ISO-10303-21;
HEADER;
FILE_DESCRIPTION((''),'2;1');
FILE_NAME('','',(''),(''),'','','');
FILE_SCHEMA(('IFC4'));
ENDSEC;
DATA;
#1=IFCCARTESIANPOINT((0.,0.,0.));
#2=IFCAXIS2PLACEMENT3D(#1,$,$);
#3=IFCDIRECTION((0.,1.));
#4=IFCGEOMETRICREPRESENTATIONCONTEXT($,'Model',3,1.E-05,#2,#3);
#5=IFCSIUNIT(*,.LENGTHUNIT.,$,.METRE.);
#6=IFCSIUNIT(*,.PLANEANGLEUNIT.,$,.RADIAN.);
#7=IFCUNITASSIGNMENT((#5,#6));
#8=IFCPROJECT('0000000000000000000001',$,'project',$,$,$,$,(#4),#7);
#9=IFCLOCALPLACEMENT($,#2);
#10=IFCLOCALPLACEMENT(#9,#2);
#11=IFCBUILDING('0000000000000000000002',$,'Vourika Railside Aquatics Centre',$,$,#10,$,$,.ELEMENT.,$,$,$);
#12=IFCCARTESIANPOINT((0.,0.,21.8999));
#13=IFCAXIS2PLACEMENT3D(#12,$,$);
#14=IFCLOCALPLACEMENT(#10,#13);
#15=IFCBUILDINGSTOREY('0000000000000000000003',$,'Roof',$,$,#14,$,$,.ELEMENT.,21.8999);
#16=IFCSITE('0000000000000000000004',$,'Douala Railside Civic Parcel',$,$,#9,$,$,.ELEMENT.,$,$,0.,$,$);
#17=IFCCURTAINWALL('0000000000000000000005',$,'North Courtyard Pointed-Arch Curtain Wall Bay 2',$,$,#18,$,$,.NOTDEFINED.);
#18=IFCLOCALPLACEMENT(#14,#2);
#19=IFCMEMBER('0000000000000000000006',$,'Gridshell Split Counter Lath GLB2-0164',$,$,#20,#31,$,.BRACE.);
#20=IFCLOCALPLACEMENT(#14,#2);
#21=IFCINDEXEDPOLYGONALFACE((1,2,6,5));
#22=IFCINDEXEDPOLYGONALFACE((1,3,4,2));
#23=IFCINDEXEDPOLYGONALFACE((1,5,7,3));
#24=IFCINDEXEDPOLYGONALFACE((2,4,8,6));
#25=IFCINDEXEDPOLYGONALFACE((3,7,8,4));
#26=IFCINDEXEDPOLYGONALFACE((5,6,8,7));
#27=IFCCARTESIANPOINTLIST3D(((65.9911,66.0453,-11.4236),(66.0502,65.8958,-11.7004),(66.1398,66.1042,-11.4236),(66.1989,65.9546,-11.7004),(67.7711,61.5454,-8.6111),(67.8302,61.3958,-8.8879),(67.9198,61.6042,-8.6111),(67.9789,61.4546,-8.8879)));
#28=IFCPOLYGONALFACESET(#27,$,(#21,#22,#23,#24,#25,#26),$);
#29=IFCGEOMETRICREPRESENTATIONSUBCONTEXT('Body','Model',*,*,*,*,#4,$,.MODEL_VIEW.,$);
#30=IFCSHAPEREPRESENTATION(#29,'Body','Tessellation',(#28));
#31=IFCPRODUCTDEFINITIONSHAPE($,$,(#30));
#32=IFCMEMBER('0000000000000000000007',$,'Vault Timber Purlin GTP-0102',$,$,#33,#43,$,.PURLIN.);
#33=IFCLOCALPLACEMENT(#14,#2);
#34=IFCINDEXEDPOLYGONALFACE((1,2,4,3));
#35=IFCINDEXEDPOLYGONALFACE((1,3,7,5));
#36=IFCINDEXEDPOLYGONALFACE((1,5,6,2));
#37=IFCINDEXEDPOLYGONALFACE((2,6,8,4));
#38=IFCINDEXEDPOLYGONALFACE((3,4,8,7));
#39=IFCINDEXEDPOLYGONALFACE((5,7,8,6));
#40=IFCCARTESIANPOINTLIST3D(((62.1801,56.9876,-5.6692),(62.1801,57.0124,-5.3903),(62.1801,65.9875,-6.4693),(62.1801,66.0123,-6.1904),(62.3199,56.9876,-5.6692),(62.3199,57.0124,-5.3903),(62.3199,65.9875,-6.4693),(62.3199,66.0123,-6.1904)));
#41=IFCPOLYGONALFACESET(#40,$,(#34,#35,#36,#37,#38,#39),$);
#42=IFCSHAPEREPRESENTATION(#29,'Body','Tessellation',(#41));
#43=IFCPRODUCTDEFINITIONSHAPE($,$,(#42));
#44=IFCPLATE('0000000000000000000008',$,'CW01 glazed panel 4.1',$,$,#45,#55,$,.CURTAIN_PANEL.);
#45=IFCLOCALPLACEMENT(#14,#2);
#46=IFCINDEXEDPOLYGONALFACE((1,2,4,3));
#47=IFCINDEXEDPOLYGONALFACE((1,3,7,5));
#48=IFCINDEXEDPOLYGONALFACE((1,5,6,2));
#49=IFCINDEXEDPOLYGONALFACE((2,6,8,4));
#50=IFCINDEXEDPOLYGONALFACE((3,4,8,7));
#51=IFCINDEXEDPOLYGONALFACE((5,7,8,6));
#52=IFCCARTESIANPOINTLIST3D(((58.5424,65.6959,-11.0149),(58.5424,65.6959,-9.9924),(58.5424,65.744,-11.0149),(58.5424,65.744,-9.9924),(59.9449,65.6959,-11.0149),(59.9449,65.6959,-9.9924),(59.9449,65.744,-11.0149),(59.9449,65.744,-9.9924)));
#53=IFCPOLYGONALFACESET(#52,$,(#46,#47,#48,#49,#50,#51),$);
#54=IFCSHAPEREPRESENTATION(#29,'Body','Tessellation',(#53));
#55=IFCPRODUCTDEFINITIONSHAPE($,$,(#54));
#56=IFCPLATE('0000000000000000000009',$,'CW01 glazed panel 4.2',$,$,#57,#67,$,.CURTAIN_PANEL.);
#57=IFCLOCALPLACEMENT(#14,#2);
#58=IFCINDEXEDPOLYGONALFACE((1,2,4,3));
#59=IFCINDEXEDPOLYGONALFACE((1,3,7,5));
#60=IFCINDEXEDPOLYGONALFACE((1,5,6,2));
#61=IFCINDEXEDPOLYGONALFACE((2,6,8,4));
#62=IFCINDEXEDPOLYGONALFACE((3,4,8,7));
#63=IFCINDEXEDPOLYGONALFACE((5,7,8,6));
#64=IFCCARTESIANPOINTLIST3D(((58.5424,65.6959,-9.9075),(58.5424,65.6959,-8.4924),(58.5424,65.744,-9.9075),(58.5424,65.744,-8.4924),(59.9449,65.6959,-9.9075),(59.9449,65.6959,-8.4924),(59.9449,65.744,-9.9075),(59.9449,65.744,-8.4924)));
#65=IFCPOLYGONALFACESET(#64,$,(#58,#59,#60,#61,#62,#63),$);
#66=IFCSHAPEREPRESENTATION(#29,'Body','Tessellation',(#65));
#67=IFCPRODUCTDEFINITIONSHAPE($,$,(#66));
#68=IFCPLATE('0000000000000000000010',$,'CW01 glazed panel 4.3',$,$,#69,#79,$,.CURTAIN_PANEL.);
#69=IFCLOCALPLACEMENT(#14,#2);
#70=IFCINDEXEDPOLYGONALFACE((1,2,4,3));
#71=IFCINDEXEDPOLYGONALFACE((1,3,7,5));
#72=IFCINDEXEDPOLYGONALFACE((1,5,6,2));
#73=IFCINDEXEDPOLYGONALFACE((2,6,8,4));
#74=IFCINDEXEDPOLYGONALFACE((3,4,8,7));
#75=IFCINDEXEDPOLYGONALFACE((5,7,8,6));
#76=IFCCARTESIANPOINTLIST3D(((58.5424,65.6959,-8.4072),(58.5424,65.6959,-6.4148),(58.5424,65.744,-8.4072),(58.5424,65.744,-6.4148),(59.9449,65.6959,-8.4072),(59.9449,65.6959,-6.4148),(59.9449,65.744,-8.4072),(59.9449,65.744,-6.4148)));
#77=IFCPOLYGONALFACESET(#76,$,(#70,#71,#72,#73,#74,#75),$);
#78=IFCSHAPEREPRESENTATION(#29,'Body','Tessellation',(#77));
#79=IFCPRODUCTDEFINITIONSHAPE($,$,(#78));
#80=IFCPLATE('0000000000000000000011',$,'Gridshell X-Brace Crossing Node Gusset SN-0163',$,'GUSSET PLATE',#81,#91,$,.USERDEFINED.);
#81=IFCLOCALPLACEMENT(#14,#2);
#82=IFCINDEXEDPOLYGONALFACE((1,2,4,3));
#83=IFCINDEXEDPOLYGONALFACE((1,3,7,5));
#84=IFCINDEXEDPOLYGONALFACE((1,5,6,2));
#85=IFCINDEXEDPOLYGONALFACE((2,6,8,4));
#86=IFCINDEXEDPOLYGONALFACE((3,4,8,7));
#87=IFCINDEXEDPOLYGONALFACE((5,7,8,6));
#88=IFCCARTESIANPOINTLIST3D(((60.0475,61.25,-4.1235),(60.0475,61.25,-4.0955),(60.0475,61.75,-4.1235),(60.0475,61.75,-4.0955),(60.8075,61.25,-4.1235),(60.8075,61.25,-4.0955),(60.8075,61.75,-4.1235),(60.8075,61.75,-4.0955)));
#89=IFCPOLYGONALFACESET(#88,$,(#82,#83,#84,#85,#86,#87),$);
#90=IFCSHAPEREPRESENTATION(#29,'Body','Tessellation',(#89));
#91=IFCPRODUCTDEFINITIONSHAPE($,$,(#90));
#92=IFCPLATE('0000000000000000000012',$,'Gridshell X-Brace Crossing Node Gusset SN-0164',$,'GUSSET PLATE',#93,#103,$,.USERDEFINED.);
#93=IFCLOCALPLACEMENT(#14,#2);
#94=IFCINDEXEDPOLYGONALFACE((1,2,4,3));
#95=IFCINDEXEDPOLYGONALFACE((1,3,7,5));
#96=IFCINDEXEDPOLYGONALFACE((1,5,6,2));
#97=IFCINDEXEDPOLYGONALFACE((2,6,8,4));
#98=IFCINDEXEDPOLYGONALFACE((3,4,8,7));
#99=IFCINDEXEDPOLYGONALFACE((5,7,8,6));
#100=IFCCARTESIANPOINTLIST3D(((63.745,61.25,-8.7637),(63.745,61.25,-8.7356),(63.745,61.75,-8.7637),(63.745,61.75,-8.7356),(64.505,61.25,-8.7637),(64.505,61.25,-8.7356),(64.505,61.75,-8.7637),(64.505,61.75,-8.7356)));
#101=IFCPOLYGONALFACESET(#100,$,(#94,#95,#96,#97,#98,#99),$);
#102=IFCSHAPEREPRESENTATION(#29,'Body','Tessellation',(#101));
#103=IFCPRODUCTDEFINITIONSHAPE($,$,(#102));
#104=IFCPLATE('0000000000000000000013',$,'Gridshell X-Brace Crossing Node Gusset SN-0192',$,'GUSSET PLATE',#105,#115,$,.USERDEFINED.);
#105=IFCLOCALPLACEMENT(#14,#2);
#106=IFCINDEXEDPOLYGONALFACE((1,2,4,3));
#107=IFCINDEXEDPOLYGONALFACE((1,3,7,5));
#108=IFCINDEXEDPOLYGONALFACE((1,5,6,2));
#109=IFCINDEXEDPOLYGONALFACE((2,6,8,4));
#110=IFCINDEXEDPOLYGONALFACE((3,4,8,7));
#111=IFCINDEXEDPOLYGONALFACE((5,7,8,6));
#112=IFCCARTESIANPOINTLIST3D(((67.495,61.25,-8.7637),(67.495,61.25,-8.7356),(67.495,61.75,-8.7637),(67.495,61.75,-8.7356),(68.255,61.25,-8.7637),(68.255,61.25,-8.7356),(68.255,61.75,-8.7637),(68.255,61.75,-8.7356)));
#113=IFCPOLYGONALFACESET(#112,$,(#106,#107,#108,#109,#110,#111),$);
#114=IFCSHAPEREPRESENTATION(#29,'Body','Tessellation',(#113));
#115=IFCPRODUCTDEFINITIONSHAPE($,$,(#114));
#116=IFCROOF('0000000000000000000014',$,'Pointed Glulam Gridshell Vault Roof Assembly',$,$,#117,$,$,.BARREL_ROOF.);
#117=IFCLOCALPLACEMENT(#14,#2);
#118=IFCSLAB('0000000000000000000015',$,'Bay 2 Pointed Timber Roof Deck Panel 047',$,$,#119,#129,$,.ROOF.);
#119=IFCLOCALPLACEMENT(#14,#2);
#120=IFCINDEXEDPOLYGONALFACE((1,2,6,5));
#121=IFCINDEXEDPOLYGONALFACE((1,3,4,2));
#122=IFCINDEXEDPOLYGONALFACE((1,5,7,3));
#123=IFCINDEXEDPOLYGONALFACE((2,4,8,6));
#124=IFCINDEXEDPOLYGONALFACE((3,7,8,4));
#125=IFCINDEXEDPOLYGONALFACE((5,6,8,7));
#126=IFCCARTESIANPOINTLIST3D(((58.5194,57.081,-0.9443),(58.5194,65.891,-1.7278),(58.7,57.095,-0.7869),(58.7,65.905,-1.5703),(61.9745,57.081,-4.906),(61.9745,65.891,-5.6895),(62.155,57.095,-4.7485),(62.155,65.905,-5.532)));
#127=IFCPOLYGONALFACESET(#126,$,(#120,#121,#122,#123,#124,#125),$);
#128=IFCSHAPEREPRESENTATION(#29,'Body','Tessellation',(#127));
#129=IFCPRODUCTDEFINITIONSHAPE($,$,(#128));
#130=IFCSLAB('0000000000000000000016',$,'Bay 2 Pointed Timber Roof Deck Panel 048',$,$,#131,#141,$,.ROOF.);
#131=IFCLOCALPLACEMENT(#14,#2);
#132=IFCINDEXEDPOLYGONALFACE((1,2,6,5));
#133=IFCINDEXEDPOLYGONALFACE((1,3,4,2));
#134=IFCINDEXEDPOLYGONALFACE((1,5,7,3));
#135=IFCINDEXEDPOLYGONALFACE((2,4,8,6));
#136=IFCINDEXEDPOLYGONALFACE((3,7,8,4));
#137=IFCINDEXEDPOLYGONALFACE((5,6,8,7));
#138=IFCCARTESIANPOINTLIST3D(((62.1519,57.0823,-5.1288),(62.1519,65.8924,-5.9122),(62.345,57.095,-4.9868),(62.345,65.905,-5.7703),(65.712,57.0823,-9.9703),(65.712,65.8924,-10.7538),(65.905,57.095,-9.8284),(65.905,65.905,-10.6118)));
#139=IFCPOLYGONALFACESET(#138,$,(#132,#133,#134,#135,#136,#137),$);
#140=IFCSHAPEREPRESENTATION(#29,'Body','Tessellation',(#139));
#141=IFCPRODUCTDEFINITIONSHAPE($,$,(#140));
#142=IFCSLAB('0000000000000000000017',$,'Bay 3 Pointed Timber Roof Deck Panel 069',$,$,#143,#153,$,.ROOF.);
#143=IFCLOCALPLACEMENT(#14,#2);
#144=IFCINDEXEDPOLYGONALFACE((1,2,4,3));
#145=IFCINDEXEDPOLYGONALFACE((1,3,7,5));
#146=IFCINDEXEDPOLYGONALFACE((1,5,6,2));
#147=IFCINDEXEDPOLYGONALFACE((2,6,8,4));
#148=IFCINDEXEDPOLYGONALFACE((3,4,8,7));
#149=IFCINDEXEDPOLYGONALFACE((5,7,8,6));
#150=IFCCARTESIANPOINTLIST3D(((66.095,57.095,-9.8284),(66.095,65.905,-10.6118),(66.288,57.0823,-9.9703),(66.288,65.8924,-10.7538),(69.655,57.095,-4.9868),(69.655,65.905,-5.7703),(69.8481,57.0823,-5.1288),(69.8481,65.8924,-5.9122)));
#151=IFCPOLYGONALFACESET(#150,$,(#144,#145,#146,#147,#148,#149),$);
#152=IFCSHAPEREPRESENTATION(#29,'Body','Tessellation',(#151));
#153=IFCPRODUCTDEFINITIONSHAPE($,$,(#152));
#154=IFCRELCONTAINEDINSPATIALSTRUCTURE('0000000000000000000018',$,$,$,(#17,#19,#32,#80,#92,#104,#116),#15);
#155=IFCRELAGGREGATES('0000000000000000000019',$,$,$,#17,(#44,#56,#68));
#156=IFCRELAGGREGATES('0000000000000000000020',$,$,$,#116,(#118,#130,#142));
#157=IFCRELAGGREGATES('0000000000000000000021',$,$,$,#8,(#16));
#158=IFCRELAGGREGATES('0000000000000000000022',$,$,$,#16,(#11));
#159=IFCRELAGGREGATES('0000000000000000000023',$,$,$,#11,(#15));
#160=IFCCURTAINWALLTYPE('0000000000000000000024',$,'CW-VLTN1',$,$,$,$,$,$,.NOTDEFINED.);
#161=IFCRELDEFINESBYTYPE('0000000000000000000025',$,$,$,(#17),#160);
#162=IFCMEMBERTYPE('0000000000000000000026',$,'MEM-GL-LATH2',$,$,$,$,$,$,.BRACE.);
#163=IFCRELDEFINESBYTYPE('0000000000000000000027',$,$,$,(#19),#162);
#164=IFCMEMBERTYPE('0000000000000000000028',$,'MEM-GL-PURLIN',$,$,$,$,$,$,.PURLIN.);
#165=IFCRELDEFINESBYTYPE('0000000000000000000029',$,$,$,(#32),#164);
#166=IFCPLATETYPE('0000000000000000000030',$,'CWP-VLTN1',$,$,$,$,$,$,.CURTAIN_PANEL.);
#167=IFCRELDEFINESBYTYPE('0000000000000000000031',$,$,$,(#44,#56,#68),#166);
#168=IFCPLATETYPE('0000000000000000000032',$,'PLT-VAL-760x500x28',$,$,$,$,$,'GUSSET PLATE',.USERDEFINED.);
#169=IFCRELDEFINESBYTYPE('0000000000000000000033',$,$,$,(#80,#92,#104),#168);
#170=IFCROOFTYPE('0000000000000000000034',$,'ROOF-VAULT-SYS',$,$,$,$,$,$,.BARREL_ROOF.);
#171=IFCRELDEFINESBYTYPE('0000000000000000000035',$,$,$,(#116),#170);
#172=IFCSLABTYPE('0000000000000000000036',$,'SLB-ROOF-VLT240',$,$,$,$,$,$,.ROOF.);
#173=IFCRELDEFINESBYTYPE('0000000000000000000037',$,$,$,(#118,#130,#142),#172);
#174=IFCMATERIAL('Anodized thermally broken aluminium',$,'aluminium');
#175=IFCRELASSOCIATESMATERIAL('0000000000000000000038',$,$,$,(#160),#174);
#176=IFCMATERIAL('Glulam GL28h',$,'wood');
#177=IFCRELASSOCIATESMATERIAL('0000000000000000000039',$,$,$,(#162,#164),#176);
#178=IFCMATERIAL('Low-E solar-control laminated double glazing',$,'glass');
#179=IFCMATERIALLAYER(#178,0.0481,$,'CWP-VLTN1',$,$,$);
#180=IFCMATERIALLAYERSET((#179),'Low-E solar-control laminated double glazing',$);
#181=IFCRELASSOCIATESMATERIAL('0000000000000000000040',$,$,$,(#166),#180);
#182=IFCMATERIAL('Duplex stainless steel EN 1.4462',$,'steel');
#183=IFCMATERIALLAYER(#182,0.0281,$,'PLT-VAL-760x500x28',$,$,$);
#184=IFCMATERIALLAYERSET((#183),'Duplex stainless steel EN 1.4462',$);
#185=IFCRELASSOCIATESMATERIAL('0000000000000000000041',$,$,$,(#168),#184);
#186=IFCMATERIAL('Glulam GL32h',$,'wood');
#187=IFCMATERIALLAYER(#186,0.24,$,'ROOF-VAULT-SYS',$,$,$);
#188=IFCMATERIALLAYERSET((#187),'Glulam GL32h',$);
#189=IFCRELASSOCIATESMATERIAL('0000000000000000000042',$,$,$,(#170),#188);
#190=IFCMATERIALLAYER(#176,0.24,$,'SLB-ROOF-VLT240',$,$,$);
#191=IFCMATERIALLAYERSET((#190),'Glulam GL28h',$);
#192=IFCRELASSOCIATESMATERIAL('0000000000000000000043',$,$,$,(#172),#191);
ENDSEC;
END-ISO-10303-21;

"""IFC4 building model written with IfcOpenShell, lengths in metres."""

from ifc_helpers import new_model, si_unit, direction, frame, origin, origin_2d, place, context, subcontext, project, spatial, polyline, rectangle, outline, extrude, material, layer, layer_set, material_profile, profile_set, type_object, element, aggregate, save


model = new_model("IFC4")

# Units and contexts
model_context = context("Model", 3, precision=1e-05, world=origin(), true_north=direction((0.0, 1.0)))
body_context = subcontext(model_context, "Body", "Model", "MODEL_VIEW")
ifc_project = project(units=[si_unit("LENGTHUNIT", "METRE"), si_unit("PLANEANGLEUNIT", "RADIAN")], contexts=[model_context])

# Site, building, storey
site_placement = place(None, origin())
site = spatial("IfcSite", under=ifc_project, at=site_placement, Name="Douala Railside Civic Parcel", CompositionType="ELEMENT", RefElevation=0.0)
building_placement = place(site_placement, origin())
building = spatial("IfcBuilding", under=site, at=building_placement, Name="Vourika Railside Aquatics Centre", CompositionType="ELEMENT")
storey_placement = place(building_placement, frame((0.0, 0.0, 21.8999)))
storey = spatial("IfcBuildingStorey", under=building, at=storey_placement, Name="Roof", CompositionType="ELEMENT", Elevation=21.8999)

# Shared definitions
ifc_material_1 = material(Name="Glulam GL32h", Category="wood")

# Curtain wall
ifc_material_2 = material(Name="Anodized thermally broken aluminium", Category="aluminium")
curtain_wall_type = type_object("IfcCurtainWallType", Name="CW-VLTN1", PredefinedType="NOTDEFINED", material=ifc_material_2)
curtain_wall_placement = place(storey_placement, origin())
curtain_wall = element("IfcCurtainWall", 1, at=curtain_wall_placement, inside=storey, type_object=curtain_wall_type, Name="North Courtyard Pointed-Arch Curtain Wall Bay 2", PredefinedType="NOTDEFINED")

# Members
ifc_material_3 = material(Name="Glulam GL28h", Category="wood")
ifc_material_profile_1 = material_profile(ifc_material_3, rectangle(XDim=0.1599, YDim=0.3201, at=origin_2d()), Name="GL28h 160x320")
ifc_profile_set_1 = profile_set([ifc_material_profile_1], Name="Glulam GL28h")
member_type_1 = type_object("IfcMemberType", Name="MEM-GL-LATH2", PredefinedType="BRACE", material=ifc_profile_set_1)
member_1_placement = place(storey_placement, frame((67.875, 61.5, -8.7495), z_axis=(-0.318021, 0.803973, -0.502483), x_axis=(-0.929893, -0.36783, 0.0)))
element("IfcMember", 2, at=member_1_placement, inside=storey, type_object=member_type_1, Name="Gridshell Split Counter Lath GLB2-0164", PredefinedType="BRACE", context=body_context, shape_type="SweptSolid", body=[
    extrude(rectangle(XDim=0.1599, YDim=0.3201, at=origin_2d()), origin(), (0.0, 0.0, 1.0), 5.5972),
])
ifc_material_profile_2 = material_profile(ifc_material_3, rectangle(XDim=0.1399, YDim=0.28, at=origin_2d()), Name="GL28h 140x280")
ifc_profile_set_2 = profile_set([ifc_material_profile_2], Name="Glulam GL28h")
member_type_2 = type_object("IfcMemberType", Name="MEM-GL-PURLIN", PredefinedType="PURLIN", material=ifc_profile_set_2)
member_2_placement = place(storey_placement, frame((62.25, 57.0, -5.5298), z_axis=(0.0, 0.996072, -0.088545), x_axis=(-1.0, 0.0, 0.0)))
element("IfcMember", 3, at=member_2_placement, inside=storey, type_object=member_type_2, Name="Vault Timber Purlin GTP-0102", PredefinedType="PURLIN", context=body_context, shape_type="SweptSolid", body=[
    extrude(rectangle(XDim=0.1399, YDim=0.28, at=origin_2d()), origin(), (0.0, 0.0, 1.0), 9.0354),
])

# Plates
ifc_material_4 = material(Name="Low-E solar-control laminated double glazing", Category="glass")
ifc_layer_1 = layer(ifc_material_4, 0.0481, Name="CWP-VLTN1")
ifc_layer_set_1 = layer_set([ifc_layer_1], Name="Low-E solar-control laminated double glazing")
plate_type_1 = type_object("IfcPlateType", Name="CWP-VLTN1", PredefinedType="CURTAIN_PANEL", material=ifc_layer_set_1)
plate_1_placement = place(storey_placement, frame((59.2437, 65.72, -11.0149), z_axis=(0.0, 0.0, 1.0), x_axis=(-1.0, 0.0, 0.0)))
plate_1 = element("IfcPlate", 4, at=plate_1_placement, type_object=plate_type_1, Name="CW01 glazed panel 4.1", PredefinedType="CURTAIN_PANEL", context=body_context, shape_type="SweptSolid", body=[
    extrude(rectangle(XDim=1.4026, YDim=0.0481, at=origin_2d()), origin(), (0.0, 0.0, 1.0), 1.0225),
])
plate_2_placement = place(storey_placement, frame((59.2437, 65.72, -9.9075), z_axis=(0.0, 0.0, 1.0), x_axis=(-1.0, 0.0, 0.0)))
plate_2 = element("IfcPlate", 5, at=plate_2_placement, type_object=plate_type_1, Name="CW01 glazed panel 4.2", PredefinedType="CURTAIN_PANEL", context=body_context, shape_type="SweptSolid", body=[
    extrude(rectangle(XDim=1.4026, YDim=0.0481, at=origin_2d()), origin(), (0.0, 0.0, 1.0), 1.415),
])
plate_3_placement = place(storey_placement, frame((59.2437, 65.72, -8.4072), z_axis=(0.0, 0.0, 1.0), x_axis=(-1.0, 0.0, 0.0)))
plate_3 = element("IfcPlate", 6, at=plate_3_placement, type_object=plate_type_1, Name="CW01 glazed panel 4.3", PredefinedType="CURTAIN_PANEL", context=body_context, shape_type="SweptSolid", body=[
    extrude(rectangle(XDim=1.4026, YDim=0.0481, at=origin_2d()), origin(), (0.0, 0.0, 1.0), 1.9924),
])
aggregate(curtain_wall, [plate_1, plate_2, plate_3])

# Plates
ifc_material_5 = material(Name="Duplex stainless steel EN 1.4462", Category="steel")
ifc_layer_2 = layer(ifc_material_5, 0.0281, Name="PLT-VAL-760x500x28")
ifc_layer_set_2 = layer_set([ifc_layer_2], Name="Duplex stainless steel EN 1.4462")
plate_type_2 = type_object("IfcPlateType", Name="PLT-VAL-760x500x28", ElementType="GUSSET PLATE", PredefinedType="USERDEFINED", material=ifc_layer_set_2)
for number, where, z_axis, x_axis, name in (
    (7, (60.4275, 61.5, -4.1235), (0.0, 0.0, 1.0), (1.0, 0.0, 0.0), "Gridshell X-Brace Crossing Node Gusset SN-0163"),
    (8, (64.125, 61.5, -8.7637), (0.0, 0.0, 1.0), (1.0, 0.0, 0.0), "Gridshell X-Brace Crossing Node Gusset SN-0164"),
    (9, (67.875, 61.5, -8.7637), (0.0, 0.0, 1.0), (1.0, 0.0, 0.0), "Gridshell X-Brace Crossing Node Gusset SN-0192"),
):
    element("IfcPlate", number, at=place(storey_placement, frame(where, z_axis=z_axis, x_axis=x_axis)), inside=storey, type_object=plate_type_2, Name=name, ObjectType="GUSSET PLATE", PredefinedType="USERDEFINED", context=body_context, shape_type="SweptSolid", body=[
        extrude(rectangle(XDim=0.76, YDim=0.5, at=origin_2d()), origin(), (0.0, 0.0, 1.0), 0.0281),
    ])

# Roof, slabs
ifc_layer_3 = layer(ifc_material_1, 0.24, Name="ROOF-VAULT-SYS")
ifc_layer_set_3 = layer_set([ifc_layer_3], Name="Glulam GL32h")
roof_type = type_object("IfcRoofType", Name="ROOF-VAULT-SYS", PredefinedType="BARREL_ROOF", material=ifc_layer_set_3)
roof_placement = place(storey_placement, origin())
roof = element("IfcRoof", 10, at=roof_placement, inside=storey, type_object=roof_type, Name="Pointed Glulam Gridshell Vault Roof Assembly", PredefinedType="BARREL_ROOF")
ifc_layer_4 = layer(ifc_material_3, 0.24, Name="SLB-ROOF-VLT240")
ifc_layer_set_4 = layer_set([ifc_layer_4], Name="Glulam GL28h")
slab_type = type_object("IfcSlabType", Name="SLB-ROOF-VLT240", PredefinedType="ROOF", material=ifc_layer_set_4)
slab_1_placement = place(storey_placement, frame((58.7, 57.095, -0.7869), z_axis=(0.752365, 0.05835, 0.656157), x_axis=(0.657277, 0.0, -0.753649)))
slab_1 = element("IfcSlab", 11, at=slab_1_placement, type_object=slab_type, Name="Bay 2 Pointed Timber Roof Deck Panel 047", PredefinedType="ROOF", context=body_context, shape_type="SweptSolid", body=[
    extrude(outline(polyline([(0.0, 0.0), (5.2567, 0.0), (5.8471, 8.8251), (0.5904, 8.8251), (0.0, 0.0)])), origin(), (0.0, 0.0, -1.0), 0.24),
])
slab_2_placement = place(storey_placement, frame((62.345, 57.095, -4.9868), z_axis=(0.804528, 0.052607, 0.59158), x_axis=(0.592401, 0.0, -0.805644)))
slab_2 = element("IfcSlab", 12, at=slab_2_placement, type_object=slab_type, Name="Bay 2 Pointed Timber Roof Deck Panel 048", PredefinedType="ROOF", context=body_context, shape_type="SweptSolid", body=[
    extrude(outline(polyline([(0.0, 0.0), (6.0095, 0.0), (6.6407, 8.8223), (0.6312, 8.8223), (0.0, 0.0)])), origin(), (0.0, 0.0, -1.0), 0.24),
])
slab_3_placement = place(storey_placement, frame((66.095, 57.095, -9.8284), z_axis=(-0.804528, 0.052607, 0.59158), x_axis=(0.592401, 0.0, 0.805644)))
slab_3 = element("IfcSlab", 13, at=slab_3_placement, type_object=slab_type, Name="Bay 3 Pointed Timber Roof Deck Panel 069", PredefinedType="ROOF", context=body_context, shape_type="SweptSolid", body=[
    extrude(outline(polyline([(0.0, 0.0), (6.0095, 0.0), (5.3784, 8.8223), (-0.6312, 8.8223), (0.0, 0.0)])), origin(), (0.0, 0.0, -1.0), 0.24),
])
aggregate(roof, [slab_1, slab_2, slab_3])

save(model, "model.ifc")
